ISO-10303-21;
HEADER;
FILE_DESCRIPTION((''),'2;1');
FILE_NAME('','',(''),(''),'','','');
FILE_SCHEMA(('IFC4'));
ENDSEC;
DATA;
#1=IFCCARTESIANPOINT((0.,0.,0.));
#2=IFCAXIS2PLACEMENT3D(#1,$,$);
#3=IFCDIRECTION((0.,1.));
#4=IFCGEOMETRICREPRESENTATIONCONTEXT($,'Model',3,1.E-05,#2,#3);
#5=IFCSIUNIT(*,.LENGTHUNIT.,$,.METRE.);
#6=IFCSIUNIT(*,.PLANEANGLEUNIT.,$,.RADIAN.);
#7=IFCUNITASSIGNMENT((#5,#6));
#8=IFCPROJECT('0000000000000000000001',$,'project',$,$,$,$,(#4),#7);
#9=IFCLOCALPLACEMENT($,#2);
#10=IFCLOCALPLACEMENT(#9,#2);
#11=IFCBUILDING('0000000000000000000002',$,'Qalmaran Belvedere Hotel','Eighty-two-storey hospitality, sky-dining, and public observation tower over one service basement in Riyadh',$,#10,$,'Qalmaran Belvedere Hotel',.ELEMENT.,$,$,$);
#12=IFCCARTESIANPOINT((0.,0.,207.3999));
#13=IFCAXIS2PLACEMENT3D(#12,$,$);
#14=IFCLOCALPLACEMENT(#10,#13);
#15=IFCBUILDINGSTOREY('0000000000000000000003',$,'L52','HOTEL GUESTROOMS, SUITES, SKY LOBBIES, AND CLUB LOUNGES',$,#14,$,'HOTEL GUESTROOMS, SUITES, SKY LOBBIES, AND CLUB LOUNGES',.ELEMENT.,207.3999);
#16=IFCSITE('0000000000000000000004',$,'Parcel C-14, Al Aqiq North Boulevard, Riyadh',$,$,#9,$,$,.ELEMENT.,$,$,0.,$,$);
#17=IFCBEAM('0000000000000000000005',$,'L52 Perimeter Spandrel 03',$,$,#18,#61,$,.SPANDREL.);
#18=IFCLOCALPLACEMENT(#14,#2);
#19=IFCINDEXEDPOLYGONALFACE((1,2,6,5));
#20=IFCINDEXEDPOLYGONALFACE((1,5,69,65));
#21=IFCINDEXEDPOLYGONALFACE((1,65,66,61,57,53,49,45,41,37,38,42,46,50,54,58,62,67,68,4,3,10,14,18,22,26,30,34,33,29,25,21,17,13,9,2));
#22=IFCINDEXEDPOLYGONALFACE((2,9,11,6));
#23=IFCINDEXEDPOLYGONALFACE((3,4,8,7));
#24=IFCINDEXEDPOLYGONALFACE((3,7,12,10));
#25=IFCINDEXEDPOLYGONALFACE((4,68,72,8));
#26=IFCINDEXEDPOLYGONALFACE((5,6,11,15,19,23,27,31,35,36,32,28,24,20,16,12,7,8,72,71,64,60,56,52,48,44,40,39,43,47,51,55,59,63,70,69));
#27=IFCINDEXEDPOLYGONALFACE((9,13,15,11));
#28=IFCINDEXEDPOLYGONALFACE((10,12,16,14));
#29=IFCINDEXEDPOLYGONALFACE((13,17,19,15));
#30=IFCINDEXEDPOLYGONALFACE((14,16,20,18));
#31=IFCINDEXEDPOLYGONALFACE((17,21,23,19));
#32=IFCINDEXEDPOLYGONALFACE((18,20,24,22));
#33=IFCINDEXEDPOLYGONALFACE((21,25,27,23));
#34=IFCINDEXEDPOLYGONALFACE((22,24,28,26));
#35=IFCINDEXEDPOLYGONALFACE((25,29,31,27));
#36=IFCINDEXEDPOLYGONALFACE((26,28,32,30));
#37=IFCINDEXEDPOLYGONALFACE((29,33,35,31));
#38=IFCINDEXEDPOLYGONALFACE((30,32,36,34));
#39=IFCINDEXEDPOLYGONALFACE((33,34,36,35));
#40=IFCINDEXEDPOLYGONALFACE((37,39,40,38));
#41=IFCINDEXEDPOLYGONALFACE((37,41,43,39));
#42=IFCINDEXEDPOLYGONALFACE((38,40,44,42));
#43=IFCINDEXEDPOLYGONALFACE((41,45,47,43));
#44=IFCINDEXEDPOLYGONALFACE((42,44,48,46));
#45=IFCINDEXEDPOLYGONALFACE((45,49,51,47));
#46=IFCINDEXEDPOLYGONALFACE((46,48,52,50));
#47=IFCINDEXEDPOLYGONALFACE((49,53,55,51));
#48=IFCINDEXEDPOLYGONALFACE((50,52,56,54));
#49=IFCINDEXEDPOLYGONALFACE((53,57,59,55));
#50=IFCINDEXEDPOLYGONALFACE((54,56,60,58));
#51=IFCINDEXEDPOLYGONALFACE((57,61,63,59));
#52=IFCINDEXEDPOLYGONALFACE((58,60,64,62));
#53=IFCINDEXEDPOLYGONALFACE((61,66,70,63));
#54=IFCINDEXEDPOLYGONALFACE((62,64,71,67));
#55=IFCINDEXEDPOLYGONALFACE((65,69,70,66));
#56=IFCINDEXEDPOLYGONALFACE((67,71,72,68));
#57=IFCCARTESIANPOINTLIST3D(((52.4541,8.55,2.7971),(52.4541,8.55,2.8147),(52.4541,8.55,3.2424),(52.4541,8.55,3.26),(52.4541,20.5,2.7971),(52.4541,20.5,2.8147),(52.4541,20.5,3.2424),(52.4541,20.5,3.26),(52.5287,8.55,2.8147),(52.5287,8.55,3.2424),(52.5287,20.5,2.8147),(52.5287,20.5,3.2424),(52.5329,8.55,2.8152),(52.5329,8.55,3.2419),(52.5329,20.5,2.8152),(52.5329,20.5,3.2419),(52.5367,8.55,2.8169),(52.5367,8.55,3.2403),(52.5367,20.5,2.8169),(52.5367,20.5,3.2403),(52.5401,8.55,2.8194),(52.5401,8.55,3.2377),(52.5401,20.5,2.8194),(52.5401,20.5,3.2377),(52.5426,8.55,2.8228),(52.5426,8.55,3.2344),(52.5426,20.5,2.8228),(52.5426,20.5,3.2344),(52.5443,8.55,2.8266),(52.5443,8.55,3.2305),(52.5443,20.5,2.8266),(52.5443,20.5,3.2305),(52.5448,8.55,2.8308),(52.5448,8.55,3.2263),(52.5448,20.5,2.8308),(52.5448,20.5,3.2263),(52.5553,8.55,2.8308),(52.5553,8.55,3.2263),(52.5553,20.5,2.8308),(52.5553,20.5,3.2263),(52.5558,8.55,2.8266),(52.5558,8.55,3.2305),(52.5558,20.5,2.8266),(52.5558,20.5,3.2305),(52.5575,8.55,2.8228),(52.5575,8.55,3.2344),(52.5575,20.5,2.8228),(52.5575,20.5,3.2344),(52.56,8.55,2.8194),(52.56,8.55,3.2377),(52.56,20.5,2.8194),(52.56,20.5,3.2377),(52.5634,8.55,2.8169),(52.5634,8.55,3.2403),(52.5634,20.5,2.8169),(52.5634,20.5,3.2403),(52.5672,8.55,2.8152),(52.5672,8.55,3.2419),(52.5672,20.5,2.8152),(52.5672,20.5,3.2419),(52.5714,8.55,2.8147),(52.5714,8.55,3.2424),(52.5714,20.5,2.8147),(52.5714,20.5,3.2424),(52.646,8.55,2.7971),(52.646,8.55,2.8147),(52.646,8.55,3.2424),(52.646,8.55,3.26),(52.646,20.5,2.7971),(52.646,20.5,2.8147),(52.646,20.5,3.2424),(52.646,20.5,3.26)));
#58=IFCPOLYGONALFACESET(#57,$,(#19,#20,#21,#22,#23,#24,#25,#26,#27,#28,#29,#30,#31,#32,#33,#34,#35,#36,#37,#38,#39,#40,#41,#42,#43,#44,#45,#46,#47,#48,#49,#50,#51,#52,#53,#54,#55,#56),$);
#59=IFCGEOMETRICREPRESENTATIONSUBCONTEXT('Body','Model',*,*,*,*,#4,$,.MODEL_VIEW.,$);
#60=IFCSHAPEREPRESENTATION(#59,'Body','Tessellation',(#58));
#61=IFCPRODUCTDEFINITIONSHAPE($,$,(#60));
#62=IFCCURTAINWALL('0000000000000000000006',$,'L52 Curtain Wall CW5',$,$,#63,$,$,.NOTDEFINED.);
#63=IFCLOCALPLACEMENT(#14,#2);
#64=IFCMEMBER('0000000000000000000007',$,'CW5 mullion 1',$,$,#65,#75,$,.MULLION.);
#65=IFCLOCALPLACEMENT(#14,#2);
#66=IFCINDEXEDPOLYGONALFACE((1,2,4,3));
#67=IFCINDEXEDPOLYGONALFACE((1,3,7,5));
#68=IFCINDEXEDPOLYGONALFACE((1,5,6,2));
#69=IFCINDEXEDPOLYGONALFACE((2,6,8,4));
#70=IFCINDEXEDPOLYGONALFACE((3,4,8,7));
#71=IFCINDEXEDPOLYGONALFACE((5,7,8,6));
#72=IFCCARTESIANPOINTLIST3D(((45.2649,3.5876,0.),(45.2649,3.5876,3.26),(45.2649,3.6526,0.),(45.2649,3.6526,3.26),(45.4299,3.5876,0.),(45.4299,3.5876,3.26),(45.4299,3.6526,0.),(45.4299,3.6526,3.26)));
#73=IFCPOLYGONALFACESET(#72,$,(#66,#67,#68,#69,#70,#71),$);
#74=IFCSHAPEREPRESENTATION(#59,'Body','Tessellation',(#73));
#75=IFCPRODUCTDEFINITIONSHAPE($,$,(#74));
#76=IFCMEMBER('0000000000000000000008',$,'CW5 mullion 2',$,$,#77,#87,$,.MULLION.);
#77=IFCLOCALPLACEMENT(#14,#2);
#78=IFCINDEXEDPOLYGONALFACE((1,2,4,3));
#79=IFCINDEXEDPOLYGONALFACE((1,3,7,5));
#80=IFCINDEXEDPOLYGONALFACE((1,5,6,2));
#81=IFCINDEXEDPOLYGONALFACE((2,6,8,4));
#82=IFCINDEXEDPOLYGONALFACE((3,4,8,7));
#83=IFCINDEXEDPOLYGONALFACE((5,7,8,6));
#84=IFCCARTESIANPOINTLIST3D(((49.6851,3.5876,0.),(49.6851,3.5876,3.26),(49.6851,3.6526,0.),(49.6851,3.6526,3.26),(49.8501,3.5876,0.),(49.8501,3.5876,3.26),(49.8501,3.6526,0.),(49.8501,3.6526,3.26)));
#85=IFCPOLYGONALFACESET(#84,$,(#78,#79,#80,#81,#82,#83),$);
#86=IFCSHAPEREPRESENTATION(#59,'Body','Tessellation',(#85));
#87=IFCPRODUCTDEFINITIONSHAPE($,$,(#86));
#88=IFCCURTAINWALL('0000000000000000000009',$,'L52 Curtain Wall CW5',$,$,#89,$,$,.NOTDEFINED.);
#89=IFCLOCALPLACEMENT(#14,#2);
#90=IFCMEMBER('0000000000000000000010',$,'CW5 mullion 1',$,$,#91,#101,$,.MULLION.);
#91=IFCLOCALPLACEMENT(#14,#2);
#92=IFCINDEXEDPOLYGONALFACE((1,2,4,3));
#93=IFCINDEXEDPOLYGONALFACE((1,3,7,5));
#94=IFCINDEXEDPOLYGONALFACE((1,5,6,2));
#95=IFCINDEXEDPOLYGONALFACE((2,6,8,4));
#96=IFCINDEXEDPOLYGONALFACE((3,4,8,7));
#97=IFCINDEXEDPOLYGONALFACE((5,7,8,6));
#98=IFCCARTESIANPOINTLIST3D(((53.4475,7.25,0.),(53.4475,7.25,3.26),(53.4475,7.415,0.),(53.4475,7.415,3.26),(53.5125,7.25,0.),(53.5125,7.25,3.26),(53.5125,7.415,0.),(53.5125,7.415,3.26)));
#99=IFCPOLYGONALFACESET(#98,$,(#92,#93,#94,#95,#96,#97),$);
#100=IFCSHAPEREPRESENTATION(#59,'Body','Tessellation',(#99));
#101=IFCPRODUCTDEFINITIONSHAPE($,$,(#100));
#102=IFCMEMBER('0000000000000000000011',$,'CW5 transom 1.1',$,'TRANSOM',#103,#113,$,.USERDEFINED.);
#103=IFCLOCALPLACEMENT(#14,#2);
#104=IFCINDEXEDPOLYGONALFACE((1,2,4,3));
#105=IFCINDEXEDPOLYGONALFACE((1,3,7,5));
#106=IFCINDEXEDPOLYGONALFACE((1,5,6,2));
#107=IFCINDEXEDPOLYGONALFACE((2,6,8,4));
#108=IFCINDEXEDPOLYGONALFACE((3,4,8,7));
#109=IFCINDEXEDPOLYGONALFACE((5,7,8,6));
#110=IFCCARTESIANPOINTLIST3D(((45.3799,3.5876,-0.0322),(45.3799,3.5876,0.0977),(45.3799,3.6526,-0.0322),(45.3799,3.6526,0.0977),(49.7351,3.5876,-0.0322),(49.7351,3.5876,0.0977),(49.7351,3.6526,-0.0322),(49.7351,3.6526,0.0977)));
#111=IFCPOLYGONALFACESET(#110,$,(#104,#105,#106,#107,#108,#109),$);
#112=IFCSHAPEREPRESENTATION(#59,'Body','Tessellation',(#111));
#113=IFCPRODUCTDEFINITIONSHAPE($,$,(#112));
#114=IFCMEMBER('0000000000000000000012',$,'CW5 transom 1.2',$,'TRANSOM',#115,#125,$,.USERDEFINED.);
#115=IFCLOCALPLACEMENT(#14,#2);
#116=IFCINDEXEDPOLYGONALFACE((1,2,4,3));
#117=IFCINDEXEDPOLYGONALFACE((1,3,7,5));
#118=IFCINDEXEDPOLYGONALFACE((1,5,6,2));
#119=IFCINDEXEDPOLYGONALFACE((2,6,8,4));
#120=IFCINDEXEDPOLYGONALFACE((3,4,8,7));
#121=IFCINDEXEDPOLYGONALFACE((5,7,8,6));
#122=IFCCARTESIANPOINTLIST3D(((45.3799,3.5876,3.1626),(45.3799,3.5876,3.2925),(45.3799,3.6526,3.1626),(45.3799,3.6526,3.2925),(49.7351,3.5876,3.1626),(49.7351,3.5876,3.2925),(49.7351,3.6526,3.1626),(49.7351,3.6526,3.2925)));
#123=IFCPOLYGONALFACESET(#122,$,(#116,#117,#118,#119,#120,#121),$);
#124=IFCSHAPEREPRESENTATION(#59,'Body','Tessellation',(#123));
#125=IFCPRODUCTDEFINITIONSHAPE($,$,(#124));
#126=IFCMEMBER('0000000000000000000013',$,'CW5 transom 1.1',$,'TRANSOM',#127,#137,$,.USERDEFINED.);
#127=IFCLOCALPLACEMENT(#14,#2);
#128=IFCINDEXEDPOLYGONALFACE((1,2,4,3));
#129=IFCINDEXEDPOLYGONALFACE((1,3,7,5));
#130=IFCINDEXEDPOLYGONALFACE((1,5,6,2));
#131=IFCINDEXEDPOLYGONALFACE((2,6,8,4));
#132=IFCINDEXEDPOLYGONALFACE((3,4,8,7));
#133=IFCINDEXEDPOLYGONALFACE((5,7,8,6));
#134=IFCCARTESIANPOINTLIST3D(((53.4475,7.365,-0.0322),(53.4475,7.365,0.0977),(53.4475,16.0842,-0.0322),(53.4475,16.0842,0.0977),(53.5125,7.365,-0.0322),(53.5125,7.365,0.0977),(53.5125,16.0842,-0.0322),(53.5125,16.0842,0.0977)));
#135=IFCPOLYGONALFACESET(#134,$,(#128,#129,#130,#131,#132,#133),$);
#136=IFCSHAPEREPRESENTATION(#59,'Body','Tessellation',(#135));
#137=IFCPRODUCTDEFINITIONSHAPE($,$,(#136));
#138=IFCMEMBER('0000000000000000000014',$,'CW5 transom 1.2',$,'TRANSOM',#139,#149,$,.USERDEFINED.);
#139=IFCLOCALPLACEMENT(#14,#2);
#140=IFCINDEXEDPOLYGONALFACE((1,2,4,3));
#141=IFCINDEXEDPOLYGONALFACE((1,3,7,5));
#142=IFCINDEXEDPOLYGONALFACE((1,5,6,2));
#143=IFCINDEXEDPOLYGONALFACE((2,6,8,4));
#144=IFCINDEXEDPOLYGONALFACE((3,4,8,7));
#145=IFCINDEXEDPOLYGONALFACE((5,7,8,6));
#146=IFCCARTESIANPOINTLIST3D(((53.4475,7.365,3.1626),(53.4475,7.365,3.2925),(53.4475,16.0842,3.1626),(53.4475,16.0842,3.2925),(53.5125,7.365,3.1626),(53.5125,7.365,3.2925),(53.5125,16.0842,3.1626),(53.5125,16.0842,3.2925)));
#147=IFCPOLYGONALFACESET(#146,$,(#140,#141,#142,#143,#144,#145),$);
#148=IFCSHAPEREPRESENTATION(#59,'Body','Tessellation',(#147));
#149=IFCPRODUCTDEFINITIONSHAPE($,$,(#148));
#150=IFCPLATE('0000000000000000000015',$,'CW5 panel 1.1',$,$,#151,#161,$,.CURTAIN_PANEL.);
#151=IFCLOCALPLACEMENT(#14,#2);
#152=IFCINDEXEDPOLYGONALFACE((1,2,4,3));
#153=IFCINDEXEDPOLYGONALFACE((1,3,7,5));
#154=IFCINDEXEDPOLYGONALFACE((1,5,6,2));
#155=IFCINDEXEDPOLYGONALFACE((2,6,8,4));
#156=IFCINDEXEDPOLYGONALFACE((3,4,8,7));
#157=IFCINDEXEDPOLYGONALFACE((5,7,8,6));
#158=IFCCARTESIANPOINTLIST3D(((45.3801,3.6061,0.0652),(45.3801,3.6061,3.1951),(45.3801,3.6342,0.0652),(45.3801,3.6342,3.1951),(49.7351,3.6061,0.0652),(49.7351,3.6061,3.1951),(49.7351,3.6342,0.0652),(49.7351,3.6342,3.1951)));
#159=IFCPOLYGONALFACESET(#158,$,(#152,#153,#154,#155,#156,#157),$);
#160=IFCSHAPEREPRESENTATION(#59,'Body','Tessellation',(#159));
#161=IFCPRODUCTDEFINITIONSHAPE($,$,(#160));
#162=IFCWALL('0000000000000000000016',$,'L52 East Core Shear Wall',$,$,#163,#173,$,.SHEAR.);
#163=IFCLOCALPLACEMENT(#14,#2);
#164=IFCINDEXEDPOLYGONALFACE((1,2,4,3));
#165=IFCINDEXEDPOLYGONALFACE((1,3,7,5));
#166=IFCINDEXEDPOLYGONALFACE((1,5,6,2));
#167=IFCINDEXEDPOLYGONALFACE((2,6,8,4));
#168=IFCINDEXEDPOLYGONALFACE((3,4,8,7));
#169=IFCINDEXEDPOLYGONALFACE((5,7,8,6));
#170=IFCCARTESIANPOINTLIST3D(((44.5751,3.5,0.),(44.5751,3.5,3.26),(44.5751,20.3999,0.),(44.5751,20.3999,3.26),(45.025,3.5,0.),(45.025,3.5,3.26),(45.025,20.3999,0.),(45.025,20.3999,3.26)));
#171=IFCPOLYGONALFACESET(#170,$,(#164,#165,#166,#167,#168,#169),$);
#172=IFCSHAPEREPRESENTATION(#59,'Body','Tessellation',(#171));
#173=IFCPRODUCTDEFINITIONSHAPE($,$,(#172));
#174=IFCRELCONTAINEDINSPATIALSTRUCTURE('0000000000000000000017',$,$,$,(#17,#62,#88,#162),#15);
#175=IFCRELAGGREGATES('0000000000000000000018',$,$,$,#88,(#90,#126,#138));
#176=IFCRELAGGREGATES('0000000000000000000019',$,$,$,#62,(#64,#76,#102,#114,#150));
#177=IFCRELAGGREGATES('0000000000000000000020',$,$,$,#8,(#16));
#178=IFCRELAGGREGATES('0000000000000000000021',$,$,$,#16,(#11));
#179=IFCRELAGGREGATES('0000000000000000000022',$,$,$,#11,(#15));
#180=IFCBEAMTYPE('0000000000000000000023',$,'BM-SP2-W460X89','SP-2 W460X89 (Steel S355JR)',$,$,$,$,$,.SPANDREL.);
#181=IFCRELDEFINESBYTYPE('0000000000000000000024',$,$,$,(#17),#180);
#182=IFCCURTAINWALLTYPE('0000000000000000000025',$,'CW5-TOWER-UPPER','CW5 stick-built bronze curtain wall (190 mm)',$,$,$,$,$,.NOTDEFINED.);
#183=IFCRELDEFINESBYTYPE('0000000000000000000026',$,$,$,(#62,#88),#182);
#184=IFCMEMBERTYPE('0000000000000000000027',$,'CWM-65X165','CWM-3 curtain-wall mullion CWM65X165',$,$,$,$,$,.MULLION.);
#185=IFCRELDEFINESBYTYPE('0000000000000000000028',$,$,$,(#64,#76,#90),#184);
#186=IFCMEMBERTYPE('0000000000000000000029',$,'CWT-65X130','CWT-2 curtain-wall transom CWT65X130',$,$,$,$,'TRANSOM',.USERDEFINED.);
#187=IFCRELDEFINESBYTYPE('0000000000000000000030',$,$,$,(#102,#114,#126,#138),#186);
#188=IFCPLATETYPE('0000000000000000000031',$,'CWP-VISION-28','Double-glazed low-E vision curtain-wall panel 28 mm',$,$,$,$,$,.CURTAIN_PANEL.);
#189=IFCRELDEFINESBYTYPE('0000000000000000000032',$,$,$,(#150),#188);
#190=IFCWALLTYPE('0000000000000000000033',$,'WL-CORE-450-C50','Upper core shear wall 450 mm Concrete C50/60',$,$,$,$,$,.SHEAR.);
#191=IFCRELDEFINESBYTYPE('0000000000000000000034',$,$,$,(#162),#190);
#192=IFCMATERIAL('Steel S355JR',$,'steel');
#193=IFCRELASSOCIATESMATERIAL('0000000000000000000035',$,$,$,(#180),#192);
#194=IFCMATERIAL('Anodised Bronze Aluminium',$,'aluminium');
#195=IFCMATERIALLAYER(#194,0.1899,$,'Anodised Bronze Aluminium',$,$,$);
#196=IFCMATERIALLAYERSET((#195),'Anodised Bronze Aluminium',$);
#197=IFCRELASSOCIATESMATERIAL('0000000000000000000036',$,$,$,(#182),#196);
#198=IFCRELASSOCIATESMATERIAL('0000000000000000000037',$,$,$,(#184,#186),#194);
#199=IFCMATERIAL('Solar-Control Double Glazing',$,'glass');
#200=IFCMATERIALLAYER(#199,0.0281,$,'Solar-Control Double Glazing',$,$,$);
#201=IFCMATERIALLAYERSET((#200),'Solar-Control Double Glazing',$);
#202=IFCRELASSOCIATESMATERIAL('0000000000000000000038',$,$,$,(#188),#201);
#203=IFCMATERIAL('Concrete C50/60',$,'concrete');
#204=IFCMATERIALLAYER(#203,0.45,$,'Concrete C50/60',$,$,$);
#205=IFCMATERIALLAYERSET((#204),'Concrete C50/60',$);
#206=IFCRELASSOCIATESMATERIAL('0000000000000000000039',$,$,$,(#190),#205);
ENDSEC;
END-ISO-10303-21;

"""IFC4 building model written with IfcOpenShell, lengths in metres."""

from ifc_helpers import new_model, si_unit, direction, frame, frame_2d, origin, origin_2d, place, context, subcontext, project, spatial, rectangle, i_section, extrude, material, layer, layer_set, material_profile, profile_set, type_object, element, aggregate, save


model = new_model("IFC4")

# Units and contexts
model_context = context("Model", 3, precision=1e-05, world=origin(), true_north=direction((0.0, 1.0)))
body_context = subcontext(model_context, "Body", "Model", "MODEL_VIEW")
ifc_project = project(units=[si_unit("LENGTHUNIT", "METRE"), si_unit("PLANEANGLEUNIT", "RADIAN")], contexts=[model_context])

# Site, building, storey
site_placement = place(None, origin())
site = spatial("IfcSite", under=ifc_project, at=site_placement, Name="Parcel C-14, Al Aqiq North Boulevard, Riyadh", CompositionType="ELEMENT", RefElevation=0.0)
building_placement = place(site_placement, origin())
building = spatial("IfcBuilding", under=site, at=building_placement, Name="Qalmaran Belvedere Hotel", Description="Eighty-two-storey hospitality, sky-dining, and public observation tower over one service basement in Riyadh", LongName="Qalmaran Belvedere Hotel", CompositionType="ELEMENT")
storey_placement = place(building_placement, frame((0.0, 0.0, 207.3999)))
storey = spatial("IfcBuildingStorey", under=building, at=storey_placement, Name="L52", Description="HOTEL GUESTROOMS, SUITES, SKY LOBBIES, AND CLUB LOUNGES", LongName="HOTEL GUESTROOMS, SUITES, SKY LOBBIES, AND CLUB LOUNGES", CompositionType="ELEMENT", Elevation=207.3999)

# Shared definitions
ifc_material_1 = material(Name="Concrete C50/60", Category="concrete")

# Beam
ifc_material_2 = material(Name="Steel S355JR", Category="steel")
ifc_material_profile_1 = material_profile(ifc_material_2, i_section(OverallWidth=0.1919, OverallDepth=0.4629, WebThickness=0.0105, FlangeThickness=0.0176, FilletRadius=0.0161, at=origin_2d()), Name="W460X89")
ifc_profile_set_1 = profile_set([ifc_material_profile_1], Name="Steel S355JR")
beam_type_1 = type_object("IfcBeamType", Name="BM-SP2-W460X89", Description="SP-2 W460X89 (Steel S355JR)", PredefinedType="SPANDREL", material=ifc_profile_set_1)
beam_1_placement = place(storey_placement, frame((52.55, 8.55, 3.0286), z_axis=(0.0, 1.0, 0.0), x_axis=(-1.0, 0.0, 0.0)))
element("IfcBeam", 1, at=beam_1_placement, inside=storey, type_object=beam_type_1, Name="L52 Perimeter Spandrel 03", PredefinedType="SPANDREL", context=body_context, shape_type="SweptSolid", body=[
    extrude(i_section(OverallWidth=0.1919, OverallDepth=0.4629, WebThickness=0.0105, FlangeThickness=0.0176, FilletRadius=0.0161, at=origin_2d()), origin(), (0.0, 0.0, 1.0), 11.95),
])

# Curtain wall, members
ifc_material_3 = material(Name="Anodised Bronze Aluminium", Category="aluminium")
ifc_layer_1 = layer(ifc_material_3, 0.1899, Name="Anodised Bronze Aluminium")
ifc_layer_set_1 = layer_set([ifc_layer_1], Name="Anodised Bronze Aluminium")
curtain_wall_type = type_object("IfcCurtainWallType", Name="CW5-TOWER-UPPER", Description="CW5 stick-built bronze curtain wall (190 mm)", PredefinedType="NOTDEFINED", material=ifc_layer_set_1)
curtain_wall_1_placement = place(storey_placement, origin())
curtain_wall_1 = element("IfcCurtainWall", 2, at=curtain_wall_1_placement, inside=storey, type_object=curtain_wall_type, Name="L52 Curtain Wall CW5", PredefinedType="NOTDEFINED")
ifc_material_profile_2 = material_profile(ifc_material_3, rectangle(XDim=0.0649, YDim=0.165, at=origin_2d()), Name="CWM65X165")
ifc_profile_set_2 = profile_set([ifc_material_profile_2], Name="Anodised Bronze Aluminium")
member_type_1 = type_object("IfcMemberType", Name="CWM-65X165", Description="CWM-3 curtain-wall mullion CWM65X165", PredefinedType="MULLION", material=ifc_profile_set_2)
member_1_placement = place(storey_placement, frame((45.3474, 3.6201, 0.0), z_axis=(0.0, 0.0, 1.0), x_axis=(0.0, 1.0, 0.0)))
member_1 = element("IfcMember", 3, at=member_1_placement, type_object=member_type_1, Name="CW5 mullion 1", PredefinedType="MULLION", context=body_context, shape_type="SweptSolid", body=[
    extrude(rectangle(XDim=0.0649, YDim=0.165, at=origin_2d()), origin(), (0.0, 0.0, 1.0), 3.26),
])
member_2_placement = place(storey_placement, frame((49.7676, 3.6201, 0.0), z_axis=(0.0, 0.0, 1.0), x_axis=(0.0, 1.0, 0.0)))
member_2 = element("IfcMember", 4, at=member_2_placement, type_object=member_type_1, Name="CW5 mullion 2", PredefinedType="MULLION", context=body_context, shape_type="SweptSolid", body=[
    extrude(rectangle(XDim=0.0649, YDim=0.165, at=origin_2d()), origin(), (0.0, 0.0, 1.0), 3.26),
])

# Curtain wall, member
curtain_wall_2_placement = place(storey_placement, origin())
curtain_wall_2 = element("IfcCurtainWall", 5, at=curtain_wall_2_placement, inside=storey, type_object=curtain_wall_type, Name="L52 Curtain Wall CW5", PredefinedType="NOTDEFINED")
member_3_placement = place(storey_placement, frame((53.48, 7.3325, 0.0), z_axis=(0.0, 0.0, 1.0), x_axis=(-1.0, 0.0, 0.0)))
member_3 = element("IfcMember", 6, at=member_3_placement, type_object=member_type_1, Name="CW5 mullion 1", PredefinedType="MULLION", context=body_context, shape_type="SweptSolid", body=[
    extrude(rectangle(XDim=0.0649, YDim=0.165, at=origin_2d()), origin(), (0.0, 0.0, 1.0), 3.26),
])

# Members
ifc_material_profile_3 = material_profile(ifc_material_3, rectangle(XDim=0.0649, YDim=0.1299, at=origin_2d()), Name="CWT65X130")
ifc_profile_set_3 = profile_set([ifc_material_profile_3], Name="Anodised Bronze Aluminium")
member_type_2 = type_object("IfcMemberType", Name="CWT-65X130", Description="CWT-2 curtain-wall transom CWT65X130", ElementType="TRANSOM", PredefinedType="USERDEFINED", material=ifc_profile_set_3)
member_4_placement = place(storey_placement, frame((45.3799, 3.6201, 0.0327), z_axis=(1.0, 0.0, 0.0), x_axis=(0.0, 1.0, 0.0)))
member_4 = element("IfcMember", 7, at=member_4_placement, type_object=member_type_2, Name="CW5 transom 1.1", ObjectType="TRANSOM", PredefinedType="USERDEFINED", context=body_context, shape_type="SweptSolid", body=[
    extrude(rectangle(XDim=0.0649, YDim=0.1299, at=origin_2d()), origin(), (0.0, 0.0, 1.0), 4.3552),
])
member_5_placement = place(storey_placement, frame((45.3799, 3.6201, 3.2275), z_axis=(1.0, 0.0, 0.0), x_axis=(0.0, 1.0, 0.0)))
member_5 = element("IfcMember", 8, at=member_5_placement, type_object=member_type_2, Name="CW5 transom 1.2", ObjectType="TRANSOM", PredefinedType="USERDEFINED", context=body_context, shape_type="SweptSolid", body=[
    extrude(rectangle(XDim=0.0649, YDim=0.1299, at=origin_2d()), origin(), (0.0, 0.0, 1.0), 4.3552),
])
member_6_placement = place(storey_placement, frame((53.48, 7.365, 0.0327), z_axis=(0.0, 1.0, 0.0), x_axis=(-1.0, 0.0, 0.0)))
member_6 = element("IfcMember", 9, at=member_6_placement, type_object=member_type_2, Name="CW5 transom 1.1", ObjectType="TRANSOM", PredefinedType="USERDEFINED", context=body_context, shape_type="SweptSolid", body=[
    extrude(rectangle(XDim=0.0649, YDim=0.1299, at=origin_2d()), origin(), (0.0, 0.0, 1.0), 8.7192),
])
member_7_placement = place(storey_placement, frame((53.48, 7.365, 3.2275), z_axis=(0.0, 1.0, 0.0), x_axis=(-1.0, 0.0, 0.0)))
member_7 = element("IfcMember", 10, at=member_7_placement, type_object=member_type_2, Name="CW5 transom 1.2", ObjectType="TRANSOM", PredefinedType="USERDEFINED", context=body_context, shape_type="SweptSolid", body=[
    extrude(rectangle(XDim=0.0649, YDim=0.1299, at=origin_2d()), origin(), (0.0, 0.0, 1.0), 8.7192),
])
aggregate(curtain_wall_2, [member_3, member_6, member_7])

# Plate
ifc_material_4 = material(Name="Solar-Control Double Glazing", Category="glass")
ifc_layer_2 = layer(ifc_material_4, 0.0281, Name="Solar-Control Double Glazing")
ifc_layer_set_2 = layer_set([ifc_layer_2], Name="Solar-Control Double Glazing")
plate_type = type_object("IfcPlateType", Name="CWP-VISION-28", Description="Double-glazed low-E vision curtain-wall panel 28 mm", PredefinedType="CURTAIN_PANEL", material=ifc_layer_set_2)
plate_placement = place(storey_placement, frame((47.5576, 3.6201, 0.0652), z_axis=(0.0, 0.0, 1.0), x_axis=(1.0, 0.0, 0.0)))
plate = element("IfcPlate", 11, at=plate_placement, type_object=plate_type, Name="CW5 panel 1.1", PredefinedType="CURTAIN_PANEL", context=body_context, shape_type="SweptSolid", body=[
    extrude(rectangle(XDim=4.355, YDim=0.0281, at=origin_2d()), origin(), (0.0, 0.0, 1.0), 3.1299),
])
aggregate(curtain_wall_1, [member_1, member_2, member_4, member_5, plate])

# Wall
ifc_layer_3 = layer(ifc_material_1, 0.45, Name="Concrete C50/60")
ifc_layer_set_3 = layer_set([ifc_layer_3], Name="Concrete C50/60")
wall_type_1 = type_object("IfcWallType", Name="WL-CORE-450-C50", Description="Upper core shear wall 450 mm Concrete C50/60", PredefinedType="SHEAR", material=ifc_layer_set_3)
wall_1_placement = place(storey_placement, frame((44.8, 3.5, 0.0), z_axis=(0.0, 0.0, 1.0), x_axis=(0.0, 1.0, 0.0)))
element("IfcWall", 12, at=wall_1_placement, inside=storey, type_object=wall_type_1, Name="L52 East Core Shear Wall", PredefinedType="SHEAR", context=body_context, shape_type="SweptSolid", body=[
    extrude(rectangle(XDim=16.8999, YDim=0.45, at=frame_2d((8.45, 0.0))), origin(), (0.0, 0.0, 1.0), 3.26),
])

save(model, "model.ifc")
